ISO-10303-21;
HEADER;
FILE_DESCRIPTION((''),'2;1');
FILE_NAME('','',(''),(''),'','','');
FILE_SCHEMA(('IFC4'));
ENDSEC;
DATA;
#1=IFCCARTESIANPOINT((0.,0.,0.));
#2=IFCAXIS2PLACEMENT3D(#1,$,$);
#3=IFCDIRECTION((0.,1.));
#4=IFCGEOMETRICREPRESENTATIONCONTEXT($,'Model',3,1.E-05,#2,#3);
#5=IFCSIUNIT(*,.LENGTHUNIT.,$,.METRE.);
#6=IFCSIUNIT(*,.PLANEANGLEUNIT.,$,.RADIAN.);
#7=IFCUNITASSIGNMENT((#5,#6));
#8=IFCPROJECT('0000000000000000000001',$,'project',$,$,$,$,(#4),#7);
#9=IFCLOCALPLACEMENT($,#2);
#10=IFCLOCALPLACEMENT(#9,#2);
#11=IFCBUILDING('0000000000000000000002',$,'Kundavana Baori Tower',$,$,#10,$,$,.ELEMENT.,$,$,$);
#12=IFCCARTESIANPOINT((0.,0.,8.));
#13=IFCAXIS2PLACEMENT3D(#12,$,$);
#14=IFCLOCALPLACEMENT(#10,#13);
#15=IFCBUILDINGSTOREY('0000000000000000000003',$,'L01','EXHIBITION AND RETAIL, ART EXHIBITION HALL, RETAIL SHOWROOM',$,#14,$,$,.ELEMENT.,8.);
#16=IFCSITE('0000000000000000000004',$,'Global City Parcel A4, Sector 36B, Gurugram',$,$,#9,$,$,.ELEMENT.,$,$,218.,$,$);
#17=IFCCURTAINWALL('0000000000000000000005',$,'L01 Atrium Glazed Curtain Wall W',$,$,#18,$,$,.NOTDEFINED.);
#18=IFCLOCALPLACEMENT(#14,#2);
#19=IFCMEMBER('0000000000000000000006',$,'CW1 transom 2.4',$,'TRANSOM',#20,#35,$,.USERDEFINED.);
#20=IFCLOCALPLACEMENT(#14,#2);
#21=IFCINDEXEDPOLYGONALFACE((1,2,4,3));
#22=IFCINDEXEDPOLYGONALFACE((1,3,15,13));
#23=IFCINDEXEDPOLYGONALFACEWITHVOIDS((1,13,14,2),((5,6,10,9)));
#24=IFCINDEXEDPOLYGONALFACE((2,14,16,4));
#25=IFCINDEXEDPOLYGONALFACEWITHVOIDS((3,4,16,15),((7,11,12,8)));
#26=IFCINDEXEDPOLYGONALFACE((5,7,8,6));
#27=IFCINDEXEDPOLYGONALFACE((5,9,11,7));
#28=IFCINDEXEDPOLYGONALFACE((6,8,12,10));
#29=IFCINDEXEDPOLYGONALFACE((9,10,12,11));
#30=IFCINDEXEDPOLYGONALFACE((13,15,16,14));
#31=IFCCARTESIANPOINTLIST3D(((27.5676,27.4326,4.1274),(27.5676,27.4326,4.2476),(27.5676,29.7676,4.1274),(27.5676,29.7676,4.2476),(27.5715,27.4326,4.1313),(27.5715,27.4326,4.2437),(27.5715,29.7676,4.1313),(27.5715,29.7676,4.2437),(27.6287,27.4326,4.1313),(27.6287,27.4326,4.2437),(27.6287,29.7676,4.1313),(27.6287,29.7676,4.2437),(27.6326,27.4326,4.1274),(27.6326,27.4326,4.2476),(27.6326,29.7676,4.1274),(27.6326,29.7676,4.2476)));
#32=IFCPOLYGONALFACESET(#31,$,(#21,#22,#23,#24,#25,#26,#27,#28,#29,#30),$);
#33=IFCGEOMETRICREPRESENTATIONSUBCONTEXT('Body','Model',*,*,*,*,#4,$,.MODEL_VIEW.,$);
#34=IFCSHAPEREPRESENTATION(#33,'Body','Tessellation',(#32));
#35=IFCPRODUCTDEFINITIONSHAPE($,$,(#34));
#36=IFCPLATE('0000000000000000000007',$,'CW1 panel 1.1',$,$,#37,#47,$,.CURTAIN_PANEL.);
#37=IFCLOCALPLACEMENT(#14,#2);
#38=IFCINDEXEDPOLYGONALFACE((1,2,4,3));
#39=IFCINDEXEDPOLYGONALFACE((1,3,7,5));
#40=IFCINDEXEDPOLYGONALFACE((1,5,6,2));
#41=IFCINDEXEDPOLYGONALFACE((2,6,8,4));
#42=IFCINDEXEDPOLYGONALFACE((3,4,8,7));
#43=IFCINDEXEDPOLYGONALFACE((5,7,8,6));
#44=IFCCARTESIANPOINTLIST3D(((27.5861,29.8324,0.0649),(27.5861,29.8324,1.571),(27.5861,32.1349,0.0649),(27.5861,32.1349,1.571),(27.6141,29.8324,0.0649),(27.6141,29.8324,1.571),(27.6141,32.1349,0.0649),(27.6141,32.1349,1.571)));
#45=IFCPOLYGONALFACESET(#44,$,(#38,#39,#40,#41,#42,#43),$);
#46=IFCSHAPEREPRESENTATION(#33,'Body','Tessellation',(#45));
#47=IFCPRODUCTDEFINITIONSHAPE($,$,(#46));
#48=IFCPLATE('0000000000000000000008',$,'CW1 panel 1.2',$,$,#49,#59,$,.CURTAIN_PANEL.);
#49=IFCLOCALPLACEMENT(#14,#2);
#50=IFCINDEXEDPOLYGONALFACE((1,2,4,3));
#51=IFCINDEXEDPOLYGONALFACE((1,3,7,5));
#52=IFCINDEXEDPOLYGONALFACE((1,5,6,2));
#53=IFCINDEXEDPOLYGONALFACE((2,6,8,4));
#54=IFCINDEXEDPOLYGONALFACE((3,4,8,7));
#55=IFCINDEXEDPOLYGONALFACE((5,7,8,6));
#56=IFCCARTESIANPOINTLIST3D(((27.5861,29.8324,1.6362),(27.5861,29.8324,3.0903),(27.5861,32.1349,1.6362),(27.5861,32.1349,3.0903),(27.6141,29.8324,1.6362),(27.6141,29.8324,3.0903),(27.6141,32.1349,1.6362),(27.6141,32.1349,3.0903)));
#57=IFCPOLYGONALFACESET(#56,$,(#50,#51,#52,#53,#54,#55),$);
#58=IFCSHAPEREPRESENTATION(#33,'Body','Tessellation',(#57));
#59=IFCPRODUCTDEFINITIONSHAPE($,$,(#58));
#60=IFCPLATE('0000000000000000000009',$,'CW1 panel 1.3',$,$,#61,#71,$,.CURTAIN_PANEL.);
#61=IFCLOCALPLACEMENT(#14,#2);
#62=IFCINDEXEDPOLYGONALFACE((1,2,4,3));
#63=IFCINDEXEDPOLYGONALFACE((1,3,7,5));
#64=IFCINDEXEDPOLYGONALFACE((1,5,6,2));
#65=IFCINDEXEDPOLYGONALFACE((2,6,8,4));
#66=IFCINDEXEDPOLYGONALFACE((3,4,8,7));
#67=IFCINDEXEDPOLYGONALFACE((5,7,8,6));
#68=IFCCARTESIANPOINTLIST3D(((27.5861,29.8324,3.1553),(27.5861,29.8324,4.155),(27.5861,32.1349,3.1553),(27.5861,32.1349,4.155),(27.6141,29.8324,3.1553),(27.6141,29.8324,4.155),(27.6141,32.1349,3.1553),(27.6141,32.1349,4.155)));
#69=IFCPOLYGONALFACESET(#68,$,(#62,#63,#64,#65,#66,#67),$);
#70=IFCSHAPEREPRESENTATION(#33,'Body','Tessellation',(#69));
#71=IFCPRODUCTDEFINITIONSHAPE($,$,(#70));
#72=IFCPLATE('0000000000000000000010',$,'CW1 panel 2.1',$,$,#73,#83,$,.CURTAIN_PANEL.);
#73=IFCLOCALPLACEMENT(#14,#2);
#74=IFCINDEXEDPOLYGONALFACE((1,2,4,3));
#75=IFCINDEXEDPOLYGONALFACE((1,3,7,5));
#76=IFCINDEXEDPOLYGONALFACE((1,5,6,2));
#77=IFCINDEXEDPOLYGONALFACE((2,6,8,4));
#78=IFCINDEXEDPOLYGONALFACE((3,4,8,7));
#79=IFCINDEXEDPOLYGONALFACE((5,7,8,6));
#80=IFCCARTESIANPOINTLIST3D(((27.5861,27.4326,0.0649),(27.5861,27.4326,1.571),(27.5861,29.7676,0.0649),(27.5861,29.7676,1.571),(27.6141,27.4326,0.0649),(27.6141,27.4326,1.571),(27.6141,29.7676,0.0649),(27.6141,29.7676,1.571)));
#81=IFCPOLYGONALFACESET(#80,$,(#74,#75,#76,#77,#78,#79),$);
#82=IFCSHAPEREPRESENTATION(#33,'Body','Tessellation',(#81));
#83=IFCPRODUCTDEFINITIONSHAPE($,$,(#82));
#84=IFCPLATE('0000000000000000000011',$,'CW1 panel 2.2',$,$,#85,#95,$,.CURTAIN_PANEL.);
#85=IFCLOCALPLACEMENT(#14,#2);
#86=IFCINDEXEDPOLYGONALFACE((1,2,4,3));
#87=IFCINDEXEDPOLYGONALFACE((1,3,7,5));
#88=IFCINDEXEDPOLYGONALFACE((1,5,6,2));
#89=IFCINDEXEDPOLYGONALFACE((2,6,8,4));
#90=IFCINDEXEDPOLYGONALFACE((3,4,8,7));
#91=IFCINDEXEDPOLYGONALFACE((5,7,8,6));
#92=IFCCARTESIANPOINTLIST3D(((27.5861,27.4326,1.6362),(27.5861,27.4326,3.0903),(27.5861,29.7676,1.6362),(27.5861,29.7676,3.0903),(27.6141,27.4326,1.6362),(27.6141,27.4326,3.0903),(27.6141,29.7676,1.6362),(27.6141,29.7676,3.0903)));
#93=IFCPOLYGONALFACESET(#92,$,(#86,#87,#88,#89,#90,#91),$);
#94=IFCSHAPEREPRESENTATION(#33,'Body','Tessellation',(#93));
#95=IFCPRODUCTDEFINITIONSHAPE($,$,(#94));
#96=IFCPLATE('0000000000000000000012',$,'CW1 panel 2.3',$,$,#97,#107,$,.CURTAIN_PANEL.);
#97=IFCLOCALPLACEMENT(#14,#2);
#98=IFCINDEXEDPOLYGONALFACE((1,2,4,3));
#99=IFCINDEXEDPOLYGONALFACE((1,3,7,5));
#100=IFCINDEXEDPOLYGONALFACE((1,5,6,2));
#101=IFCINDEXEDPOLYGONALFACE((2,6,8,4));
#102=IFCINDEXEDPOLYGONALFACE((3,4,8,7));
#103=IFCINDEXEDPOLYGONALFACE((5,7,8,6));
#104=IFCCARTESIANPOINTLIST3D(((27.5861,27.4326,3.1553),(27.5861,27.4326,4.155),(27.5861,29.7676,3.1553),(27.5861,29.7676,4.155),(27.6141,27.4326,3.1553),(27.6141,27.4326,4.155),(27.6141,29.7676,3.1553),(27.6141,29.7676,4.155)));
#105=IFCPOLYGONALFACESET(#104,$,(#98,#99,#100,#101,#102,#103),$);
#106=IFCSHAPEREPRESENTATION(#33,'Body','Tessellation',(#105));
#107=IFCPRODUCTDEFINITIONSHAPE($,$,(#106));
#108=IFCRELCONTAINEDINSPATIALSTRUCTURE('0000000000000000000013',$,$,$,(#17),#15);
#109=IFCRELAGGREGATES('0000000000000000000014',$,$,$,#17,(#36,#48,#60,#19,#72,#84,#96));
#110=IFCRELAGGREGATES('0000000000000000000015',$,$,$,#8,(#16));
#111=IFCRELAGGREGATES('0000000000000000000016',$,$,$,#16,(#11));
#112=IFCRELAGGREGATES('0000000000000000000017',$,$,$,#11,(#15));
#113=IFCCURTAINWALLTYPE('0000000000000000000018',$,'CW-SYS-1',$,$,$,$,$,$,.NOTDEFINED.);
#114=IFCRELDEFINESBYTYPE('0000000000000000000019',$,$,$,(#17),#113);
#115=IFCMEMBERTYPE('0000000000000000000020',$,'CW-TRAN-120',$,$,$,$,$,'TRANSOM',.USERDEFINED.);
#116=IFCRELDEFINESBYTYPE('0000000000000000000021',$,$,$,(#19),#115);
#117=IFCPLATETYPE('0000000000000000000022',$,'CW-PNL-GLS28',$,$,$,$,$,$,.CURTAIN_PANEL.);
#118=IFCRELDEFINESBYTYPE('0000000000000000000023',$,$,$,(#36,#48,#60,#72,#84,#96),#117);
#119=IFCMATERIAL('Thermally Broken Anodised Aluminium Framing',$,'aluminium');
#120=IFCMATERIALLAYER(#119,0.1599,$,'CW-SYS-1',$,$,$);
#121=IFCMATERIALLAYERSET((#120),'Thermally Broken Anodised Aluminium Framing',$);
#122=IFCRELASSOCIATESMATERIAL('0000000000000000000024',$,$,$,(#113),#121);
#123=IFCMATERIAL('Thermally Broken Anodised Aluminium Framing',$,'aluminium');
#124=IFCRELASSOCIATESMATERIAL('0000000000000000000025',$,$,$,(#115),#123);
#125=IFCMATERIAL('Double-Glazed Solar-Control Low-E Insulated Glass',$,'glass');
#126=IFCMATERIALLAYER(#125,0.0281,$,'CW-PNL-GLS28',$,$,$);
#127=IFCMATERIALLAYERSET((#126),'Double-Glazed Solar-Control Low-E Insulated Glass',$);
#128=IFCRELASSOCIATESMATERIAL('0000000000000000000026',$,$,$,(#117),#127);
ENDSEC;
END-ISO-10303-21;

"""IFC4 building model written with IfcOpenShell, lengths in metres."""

from ifc_helpers import new_model, si_unit, direction, frame, origin, origin_2d, place, context, subcontext, project, spatial, rectangle, hollow_rectangle, extrude, material, layer, layer_set, material_profile, profile_set, type_object, element, aggregate, save


model = new_model("IFC4")

# Units and contexts
model_context = context("Model", 3, precision=1e-05, world=origin(), true_north=direction((0.0, 1.0)))
body_context = subcontext(model_context, "Body", "Model", "MODEL_VIEW")
ifc_project = project(units=[si_unit("LENGTHUNIT", "METRE"), si_unit("PLANEANGLEUNIT", "RADIAN")], contexts=[model_context])

# Site, building, storey
site_placement = place(None, origin())
site = spatial("IfcSite", under=ifc_project, at=site_placement, Name="Global City Parcel A4, Sector 36B, Gurugram", CompositionType="ELEMENT", RefElevation=218.0)
building_placement = place(site_placement, origin())
building = spatial("IfcBuilding", under=site, at=building_placement, Name="Kundavana Baori Tower", CompositionType="ELEMENT")
storey_placement = place(building_placement, frame((0.0, 0.0, 8.0)))
storey = spatial("IfcBuildingStorey", under=building, at=storey_placement, Name="L01", Description="EXHIBITION AND RETAIL, ART EXHIBITION HALL, RETAIL SHOWROOM", CompositionType="ELEMENT", Elevation=8.0)

# Shared definitions
ifc_material_1 = material(Name="Thermally Broken Anodised Aluminium Framing", Category="aluminium")
ifc_layer_1 = layer(ifc_material_1, 0.1599, Name="CW-SYS-1")
ifc_layer_set_1 = layer_set([ifc_layer_1], Name="Thermally Broken Anodised Aluminium Framing")
curtain_wall_type = type_object("IfcCurtainWallType", Name="CW-SYS-1", PredefinedType="NOTDEFINED", material=ifc_layer_set_1)

# Curtain wall, member, plates
curtain_wall_1_placement = place(storey_placement, origin())
curtain_wall_1 = element("IfcCurtainWall", 1, at=curtain_wall_1_placement, inside=storey, type_object=curtain_wall_type, Name="L01 Atrium Glazed Curtain Wall W", PredefinedType="NOTDEFINED")
ifc_material_2 = material(Name="Thermally Broken Anodised Aluminium Framing", Category="aluminium")
ifc_material_profile_1 = material_profile(ifc_material_2, hollow_rectangle(XDim=0.0649, YDim=0.1201, WallThickness=0.0039, at=origin_2d()), Name="CW-TRAN-120")
ifc_profile_set_1 = profile_set([ifc_material_profile_1], Name="Thermally Broken Anodised Aluminium Framing")
member_type_1 = type_object("IfcMemberType", Name="CW-TRAN-120", ElementType="TRANSOM", PredefinedType="USERDEFINED", material=ifc_profile_set_1)
member_1_placement = place(storey_placement, frame((27.6001, 29.7676, 4.1875), z_axis=(0.0, -1.0, 0.0), x_axis=(1.0, 0.0, 0.0)))
member_1 = element("IfcMember", 2, at=member_1_placement, type_object=member_type_1, Name="CW1 transom 2.4", ObjectType="TRANSOM", PredefinedType="USERDEFINED", context=body_context, shape_type="SweptSolid", body=[
    extrude(hollow_rectangle(XDim=0.0649, YDim=0.1201, WallThickness=0.0039, at=origin_2d()), origin(), (0.0, 0.0, 1.0), 2.335),
])
ifc_material_3 = material(Name="Double-Glazed Solar-Control Low-E Insulated Glass", Category="glass")
ifc_layer_2 = layer(ifc_material_3, 0.0281, Name="CW-PNL-GLS28")
ifc_layer_set_2 = layer_set([ifc_layer_2], Name="Double-Glazed Solar-Control Low-E Insulated Glass")
plate_type = type_object("IfcPlateType", Name="CW-PNL-GLS28", PredefinedType="CURTAIN_PANEL", material=ifc_layer_set_2)
plate_1_placement = place(storey_placement, frame((27.6001, 30.9836, 0.0649), z_axis=(0.0, 0.0, 1.0), x_axis=(0.0, -1.0, 0.0)))
plate_1 = element("IfcPlate", 3, at=plate_1_placement, type_object=plate_type, Name="CW1 panel 1.1", PredefinedType="CURTAIN_PANEL", context=body_context, shape_type="SweptSolid", body=[
    extrude(rectangle(XDim=2.3025, YDim=0.0281, at=origin_2d()), origin(), (0.0, 0.0, 1.0), 1.5061),
])
plate_2_placement = place(storey_placement, frame((27.6001, 30.9836, 1.6362), z_axis=(0.0, 0.0, 1.0), x_axis=(0.0, -1.0, 0.0)))
plate_2 = element("IfcPlate", 4, at=plate_2_placement, type_object=plate_type, Name="CW1 panel 1.2", PredefinedType="CURTAIN_PANEL", context=body_context, shape_type="SweptSolid", body=[
    extrude(rectangle(XDim=2.3025, YDim=0.0281, at=origin_2d()), origin(), (0.0, 0.0, 1.0), 1.4541),
])
plate_3_placement = place(storey_placement, frame((27.6001, 30.9836, 3.1553), z_axis=(0.0, 0.0, 1.0), x_axis=(0.0, -1.0, 0.0)))
plate_3 = element("IfcPlate", 5, at=plate_3_placement, type_object=plate_type, Name="CW1 panel 1.3", PredefinedType="CURTAIN_PANEL", context=body_context, shape_type="SweptSolid", body=[
    extrude(rectangle(XDim=2.3025, YDim=0.0281, at=origin_2d()), origin(), (0.0, 0.0, 1.0), 0.9998),
])
plate_4_placement = place(storey_placement, frame((27.6001, 28.6001, 0.0649), z_axis=(0.0, 0.0, 1.0), x_axis=(0.0, -1.0, 0.0)))
plate_4 = element("IfcPlate", 6, at=plate_4_placement, type_object=plate_type, Name="CW1 panel 2.1", PredefinedType="CURTAIN_PANEL", context=body_context, shape_type="SweptSolid", body=[
    extrude(rectangle(XDim=2.335, YDim=0.0281, at=origin_2d()), origin(), (0.0, 0.0, 1.0), 1.5061),
])
plate_5_placement = place(storey_placement, frame((27.6001, 28.6001, 1.6362), z_axis=(0.0, 0.0, 1.0), x_axis=(0.0, -1.0, 0.0)))
plate_5 = element("IfcPlate", 7, at=plate_5_placement, type_object=plate_type, Name="CW1 panel 2.2", PredefinedType="CURTAIN_PANEL", context=body_context, shape_type="SweptSolid", body=[
    extrude(rectangle(XDim=2.335, YDim=0.0281, at=origin_2d()), origin(), (0.0, 0.0, 1.0), 1.4541),
])
plate_6_placement = place(storey_placement, frame((27.6001, 28.6001, 3.1553), z_axis=(0.0, 0.0, 1.0), x_axis=(0.0, -1.0, 0.0)))
plate_6 = element("IfcPlate", 8, at=plate_6_placement, type_object=plate_type, Name="CW1 panel 2.3", PredefinedType="CURTAIN_PANEL", context=body_context, shape_type="SweptSolid", body=[
    extrude(rectangle(XDim=2.335, YDim=0.0281, at=origin_2d()), origin(), (0.0, 0.0, 1.0), 0.9998),
])
aggregate(curtain_wall_1, [plate_1, plate_2, plate_3, member_1, plate_4, plate_5, plate_6])

save(model, "model.ifc")
